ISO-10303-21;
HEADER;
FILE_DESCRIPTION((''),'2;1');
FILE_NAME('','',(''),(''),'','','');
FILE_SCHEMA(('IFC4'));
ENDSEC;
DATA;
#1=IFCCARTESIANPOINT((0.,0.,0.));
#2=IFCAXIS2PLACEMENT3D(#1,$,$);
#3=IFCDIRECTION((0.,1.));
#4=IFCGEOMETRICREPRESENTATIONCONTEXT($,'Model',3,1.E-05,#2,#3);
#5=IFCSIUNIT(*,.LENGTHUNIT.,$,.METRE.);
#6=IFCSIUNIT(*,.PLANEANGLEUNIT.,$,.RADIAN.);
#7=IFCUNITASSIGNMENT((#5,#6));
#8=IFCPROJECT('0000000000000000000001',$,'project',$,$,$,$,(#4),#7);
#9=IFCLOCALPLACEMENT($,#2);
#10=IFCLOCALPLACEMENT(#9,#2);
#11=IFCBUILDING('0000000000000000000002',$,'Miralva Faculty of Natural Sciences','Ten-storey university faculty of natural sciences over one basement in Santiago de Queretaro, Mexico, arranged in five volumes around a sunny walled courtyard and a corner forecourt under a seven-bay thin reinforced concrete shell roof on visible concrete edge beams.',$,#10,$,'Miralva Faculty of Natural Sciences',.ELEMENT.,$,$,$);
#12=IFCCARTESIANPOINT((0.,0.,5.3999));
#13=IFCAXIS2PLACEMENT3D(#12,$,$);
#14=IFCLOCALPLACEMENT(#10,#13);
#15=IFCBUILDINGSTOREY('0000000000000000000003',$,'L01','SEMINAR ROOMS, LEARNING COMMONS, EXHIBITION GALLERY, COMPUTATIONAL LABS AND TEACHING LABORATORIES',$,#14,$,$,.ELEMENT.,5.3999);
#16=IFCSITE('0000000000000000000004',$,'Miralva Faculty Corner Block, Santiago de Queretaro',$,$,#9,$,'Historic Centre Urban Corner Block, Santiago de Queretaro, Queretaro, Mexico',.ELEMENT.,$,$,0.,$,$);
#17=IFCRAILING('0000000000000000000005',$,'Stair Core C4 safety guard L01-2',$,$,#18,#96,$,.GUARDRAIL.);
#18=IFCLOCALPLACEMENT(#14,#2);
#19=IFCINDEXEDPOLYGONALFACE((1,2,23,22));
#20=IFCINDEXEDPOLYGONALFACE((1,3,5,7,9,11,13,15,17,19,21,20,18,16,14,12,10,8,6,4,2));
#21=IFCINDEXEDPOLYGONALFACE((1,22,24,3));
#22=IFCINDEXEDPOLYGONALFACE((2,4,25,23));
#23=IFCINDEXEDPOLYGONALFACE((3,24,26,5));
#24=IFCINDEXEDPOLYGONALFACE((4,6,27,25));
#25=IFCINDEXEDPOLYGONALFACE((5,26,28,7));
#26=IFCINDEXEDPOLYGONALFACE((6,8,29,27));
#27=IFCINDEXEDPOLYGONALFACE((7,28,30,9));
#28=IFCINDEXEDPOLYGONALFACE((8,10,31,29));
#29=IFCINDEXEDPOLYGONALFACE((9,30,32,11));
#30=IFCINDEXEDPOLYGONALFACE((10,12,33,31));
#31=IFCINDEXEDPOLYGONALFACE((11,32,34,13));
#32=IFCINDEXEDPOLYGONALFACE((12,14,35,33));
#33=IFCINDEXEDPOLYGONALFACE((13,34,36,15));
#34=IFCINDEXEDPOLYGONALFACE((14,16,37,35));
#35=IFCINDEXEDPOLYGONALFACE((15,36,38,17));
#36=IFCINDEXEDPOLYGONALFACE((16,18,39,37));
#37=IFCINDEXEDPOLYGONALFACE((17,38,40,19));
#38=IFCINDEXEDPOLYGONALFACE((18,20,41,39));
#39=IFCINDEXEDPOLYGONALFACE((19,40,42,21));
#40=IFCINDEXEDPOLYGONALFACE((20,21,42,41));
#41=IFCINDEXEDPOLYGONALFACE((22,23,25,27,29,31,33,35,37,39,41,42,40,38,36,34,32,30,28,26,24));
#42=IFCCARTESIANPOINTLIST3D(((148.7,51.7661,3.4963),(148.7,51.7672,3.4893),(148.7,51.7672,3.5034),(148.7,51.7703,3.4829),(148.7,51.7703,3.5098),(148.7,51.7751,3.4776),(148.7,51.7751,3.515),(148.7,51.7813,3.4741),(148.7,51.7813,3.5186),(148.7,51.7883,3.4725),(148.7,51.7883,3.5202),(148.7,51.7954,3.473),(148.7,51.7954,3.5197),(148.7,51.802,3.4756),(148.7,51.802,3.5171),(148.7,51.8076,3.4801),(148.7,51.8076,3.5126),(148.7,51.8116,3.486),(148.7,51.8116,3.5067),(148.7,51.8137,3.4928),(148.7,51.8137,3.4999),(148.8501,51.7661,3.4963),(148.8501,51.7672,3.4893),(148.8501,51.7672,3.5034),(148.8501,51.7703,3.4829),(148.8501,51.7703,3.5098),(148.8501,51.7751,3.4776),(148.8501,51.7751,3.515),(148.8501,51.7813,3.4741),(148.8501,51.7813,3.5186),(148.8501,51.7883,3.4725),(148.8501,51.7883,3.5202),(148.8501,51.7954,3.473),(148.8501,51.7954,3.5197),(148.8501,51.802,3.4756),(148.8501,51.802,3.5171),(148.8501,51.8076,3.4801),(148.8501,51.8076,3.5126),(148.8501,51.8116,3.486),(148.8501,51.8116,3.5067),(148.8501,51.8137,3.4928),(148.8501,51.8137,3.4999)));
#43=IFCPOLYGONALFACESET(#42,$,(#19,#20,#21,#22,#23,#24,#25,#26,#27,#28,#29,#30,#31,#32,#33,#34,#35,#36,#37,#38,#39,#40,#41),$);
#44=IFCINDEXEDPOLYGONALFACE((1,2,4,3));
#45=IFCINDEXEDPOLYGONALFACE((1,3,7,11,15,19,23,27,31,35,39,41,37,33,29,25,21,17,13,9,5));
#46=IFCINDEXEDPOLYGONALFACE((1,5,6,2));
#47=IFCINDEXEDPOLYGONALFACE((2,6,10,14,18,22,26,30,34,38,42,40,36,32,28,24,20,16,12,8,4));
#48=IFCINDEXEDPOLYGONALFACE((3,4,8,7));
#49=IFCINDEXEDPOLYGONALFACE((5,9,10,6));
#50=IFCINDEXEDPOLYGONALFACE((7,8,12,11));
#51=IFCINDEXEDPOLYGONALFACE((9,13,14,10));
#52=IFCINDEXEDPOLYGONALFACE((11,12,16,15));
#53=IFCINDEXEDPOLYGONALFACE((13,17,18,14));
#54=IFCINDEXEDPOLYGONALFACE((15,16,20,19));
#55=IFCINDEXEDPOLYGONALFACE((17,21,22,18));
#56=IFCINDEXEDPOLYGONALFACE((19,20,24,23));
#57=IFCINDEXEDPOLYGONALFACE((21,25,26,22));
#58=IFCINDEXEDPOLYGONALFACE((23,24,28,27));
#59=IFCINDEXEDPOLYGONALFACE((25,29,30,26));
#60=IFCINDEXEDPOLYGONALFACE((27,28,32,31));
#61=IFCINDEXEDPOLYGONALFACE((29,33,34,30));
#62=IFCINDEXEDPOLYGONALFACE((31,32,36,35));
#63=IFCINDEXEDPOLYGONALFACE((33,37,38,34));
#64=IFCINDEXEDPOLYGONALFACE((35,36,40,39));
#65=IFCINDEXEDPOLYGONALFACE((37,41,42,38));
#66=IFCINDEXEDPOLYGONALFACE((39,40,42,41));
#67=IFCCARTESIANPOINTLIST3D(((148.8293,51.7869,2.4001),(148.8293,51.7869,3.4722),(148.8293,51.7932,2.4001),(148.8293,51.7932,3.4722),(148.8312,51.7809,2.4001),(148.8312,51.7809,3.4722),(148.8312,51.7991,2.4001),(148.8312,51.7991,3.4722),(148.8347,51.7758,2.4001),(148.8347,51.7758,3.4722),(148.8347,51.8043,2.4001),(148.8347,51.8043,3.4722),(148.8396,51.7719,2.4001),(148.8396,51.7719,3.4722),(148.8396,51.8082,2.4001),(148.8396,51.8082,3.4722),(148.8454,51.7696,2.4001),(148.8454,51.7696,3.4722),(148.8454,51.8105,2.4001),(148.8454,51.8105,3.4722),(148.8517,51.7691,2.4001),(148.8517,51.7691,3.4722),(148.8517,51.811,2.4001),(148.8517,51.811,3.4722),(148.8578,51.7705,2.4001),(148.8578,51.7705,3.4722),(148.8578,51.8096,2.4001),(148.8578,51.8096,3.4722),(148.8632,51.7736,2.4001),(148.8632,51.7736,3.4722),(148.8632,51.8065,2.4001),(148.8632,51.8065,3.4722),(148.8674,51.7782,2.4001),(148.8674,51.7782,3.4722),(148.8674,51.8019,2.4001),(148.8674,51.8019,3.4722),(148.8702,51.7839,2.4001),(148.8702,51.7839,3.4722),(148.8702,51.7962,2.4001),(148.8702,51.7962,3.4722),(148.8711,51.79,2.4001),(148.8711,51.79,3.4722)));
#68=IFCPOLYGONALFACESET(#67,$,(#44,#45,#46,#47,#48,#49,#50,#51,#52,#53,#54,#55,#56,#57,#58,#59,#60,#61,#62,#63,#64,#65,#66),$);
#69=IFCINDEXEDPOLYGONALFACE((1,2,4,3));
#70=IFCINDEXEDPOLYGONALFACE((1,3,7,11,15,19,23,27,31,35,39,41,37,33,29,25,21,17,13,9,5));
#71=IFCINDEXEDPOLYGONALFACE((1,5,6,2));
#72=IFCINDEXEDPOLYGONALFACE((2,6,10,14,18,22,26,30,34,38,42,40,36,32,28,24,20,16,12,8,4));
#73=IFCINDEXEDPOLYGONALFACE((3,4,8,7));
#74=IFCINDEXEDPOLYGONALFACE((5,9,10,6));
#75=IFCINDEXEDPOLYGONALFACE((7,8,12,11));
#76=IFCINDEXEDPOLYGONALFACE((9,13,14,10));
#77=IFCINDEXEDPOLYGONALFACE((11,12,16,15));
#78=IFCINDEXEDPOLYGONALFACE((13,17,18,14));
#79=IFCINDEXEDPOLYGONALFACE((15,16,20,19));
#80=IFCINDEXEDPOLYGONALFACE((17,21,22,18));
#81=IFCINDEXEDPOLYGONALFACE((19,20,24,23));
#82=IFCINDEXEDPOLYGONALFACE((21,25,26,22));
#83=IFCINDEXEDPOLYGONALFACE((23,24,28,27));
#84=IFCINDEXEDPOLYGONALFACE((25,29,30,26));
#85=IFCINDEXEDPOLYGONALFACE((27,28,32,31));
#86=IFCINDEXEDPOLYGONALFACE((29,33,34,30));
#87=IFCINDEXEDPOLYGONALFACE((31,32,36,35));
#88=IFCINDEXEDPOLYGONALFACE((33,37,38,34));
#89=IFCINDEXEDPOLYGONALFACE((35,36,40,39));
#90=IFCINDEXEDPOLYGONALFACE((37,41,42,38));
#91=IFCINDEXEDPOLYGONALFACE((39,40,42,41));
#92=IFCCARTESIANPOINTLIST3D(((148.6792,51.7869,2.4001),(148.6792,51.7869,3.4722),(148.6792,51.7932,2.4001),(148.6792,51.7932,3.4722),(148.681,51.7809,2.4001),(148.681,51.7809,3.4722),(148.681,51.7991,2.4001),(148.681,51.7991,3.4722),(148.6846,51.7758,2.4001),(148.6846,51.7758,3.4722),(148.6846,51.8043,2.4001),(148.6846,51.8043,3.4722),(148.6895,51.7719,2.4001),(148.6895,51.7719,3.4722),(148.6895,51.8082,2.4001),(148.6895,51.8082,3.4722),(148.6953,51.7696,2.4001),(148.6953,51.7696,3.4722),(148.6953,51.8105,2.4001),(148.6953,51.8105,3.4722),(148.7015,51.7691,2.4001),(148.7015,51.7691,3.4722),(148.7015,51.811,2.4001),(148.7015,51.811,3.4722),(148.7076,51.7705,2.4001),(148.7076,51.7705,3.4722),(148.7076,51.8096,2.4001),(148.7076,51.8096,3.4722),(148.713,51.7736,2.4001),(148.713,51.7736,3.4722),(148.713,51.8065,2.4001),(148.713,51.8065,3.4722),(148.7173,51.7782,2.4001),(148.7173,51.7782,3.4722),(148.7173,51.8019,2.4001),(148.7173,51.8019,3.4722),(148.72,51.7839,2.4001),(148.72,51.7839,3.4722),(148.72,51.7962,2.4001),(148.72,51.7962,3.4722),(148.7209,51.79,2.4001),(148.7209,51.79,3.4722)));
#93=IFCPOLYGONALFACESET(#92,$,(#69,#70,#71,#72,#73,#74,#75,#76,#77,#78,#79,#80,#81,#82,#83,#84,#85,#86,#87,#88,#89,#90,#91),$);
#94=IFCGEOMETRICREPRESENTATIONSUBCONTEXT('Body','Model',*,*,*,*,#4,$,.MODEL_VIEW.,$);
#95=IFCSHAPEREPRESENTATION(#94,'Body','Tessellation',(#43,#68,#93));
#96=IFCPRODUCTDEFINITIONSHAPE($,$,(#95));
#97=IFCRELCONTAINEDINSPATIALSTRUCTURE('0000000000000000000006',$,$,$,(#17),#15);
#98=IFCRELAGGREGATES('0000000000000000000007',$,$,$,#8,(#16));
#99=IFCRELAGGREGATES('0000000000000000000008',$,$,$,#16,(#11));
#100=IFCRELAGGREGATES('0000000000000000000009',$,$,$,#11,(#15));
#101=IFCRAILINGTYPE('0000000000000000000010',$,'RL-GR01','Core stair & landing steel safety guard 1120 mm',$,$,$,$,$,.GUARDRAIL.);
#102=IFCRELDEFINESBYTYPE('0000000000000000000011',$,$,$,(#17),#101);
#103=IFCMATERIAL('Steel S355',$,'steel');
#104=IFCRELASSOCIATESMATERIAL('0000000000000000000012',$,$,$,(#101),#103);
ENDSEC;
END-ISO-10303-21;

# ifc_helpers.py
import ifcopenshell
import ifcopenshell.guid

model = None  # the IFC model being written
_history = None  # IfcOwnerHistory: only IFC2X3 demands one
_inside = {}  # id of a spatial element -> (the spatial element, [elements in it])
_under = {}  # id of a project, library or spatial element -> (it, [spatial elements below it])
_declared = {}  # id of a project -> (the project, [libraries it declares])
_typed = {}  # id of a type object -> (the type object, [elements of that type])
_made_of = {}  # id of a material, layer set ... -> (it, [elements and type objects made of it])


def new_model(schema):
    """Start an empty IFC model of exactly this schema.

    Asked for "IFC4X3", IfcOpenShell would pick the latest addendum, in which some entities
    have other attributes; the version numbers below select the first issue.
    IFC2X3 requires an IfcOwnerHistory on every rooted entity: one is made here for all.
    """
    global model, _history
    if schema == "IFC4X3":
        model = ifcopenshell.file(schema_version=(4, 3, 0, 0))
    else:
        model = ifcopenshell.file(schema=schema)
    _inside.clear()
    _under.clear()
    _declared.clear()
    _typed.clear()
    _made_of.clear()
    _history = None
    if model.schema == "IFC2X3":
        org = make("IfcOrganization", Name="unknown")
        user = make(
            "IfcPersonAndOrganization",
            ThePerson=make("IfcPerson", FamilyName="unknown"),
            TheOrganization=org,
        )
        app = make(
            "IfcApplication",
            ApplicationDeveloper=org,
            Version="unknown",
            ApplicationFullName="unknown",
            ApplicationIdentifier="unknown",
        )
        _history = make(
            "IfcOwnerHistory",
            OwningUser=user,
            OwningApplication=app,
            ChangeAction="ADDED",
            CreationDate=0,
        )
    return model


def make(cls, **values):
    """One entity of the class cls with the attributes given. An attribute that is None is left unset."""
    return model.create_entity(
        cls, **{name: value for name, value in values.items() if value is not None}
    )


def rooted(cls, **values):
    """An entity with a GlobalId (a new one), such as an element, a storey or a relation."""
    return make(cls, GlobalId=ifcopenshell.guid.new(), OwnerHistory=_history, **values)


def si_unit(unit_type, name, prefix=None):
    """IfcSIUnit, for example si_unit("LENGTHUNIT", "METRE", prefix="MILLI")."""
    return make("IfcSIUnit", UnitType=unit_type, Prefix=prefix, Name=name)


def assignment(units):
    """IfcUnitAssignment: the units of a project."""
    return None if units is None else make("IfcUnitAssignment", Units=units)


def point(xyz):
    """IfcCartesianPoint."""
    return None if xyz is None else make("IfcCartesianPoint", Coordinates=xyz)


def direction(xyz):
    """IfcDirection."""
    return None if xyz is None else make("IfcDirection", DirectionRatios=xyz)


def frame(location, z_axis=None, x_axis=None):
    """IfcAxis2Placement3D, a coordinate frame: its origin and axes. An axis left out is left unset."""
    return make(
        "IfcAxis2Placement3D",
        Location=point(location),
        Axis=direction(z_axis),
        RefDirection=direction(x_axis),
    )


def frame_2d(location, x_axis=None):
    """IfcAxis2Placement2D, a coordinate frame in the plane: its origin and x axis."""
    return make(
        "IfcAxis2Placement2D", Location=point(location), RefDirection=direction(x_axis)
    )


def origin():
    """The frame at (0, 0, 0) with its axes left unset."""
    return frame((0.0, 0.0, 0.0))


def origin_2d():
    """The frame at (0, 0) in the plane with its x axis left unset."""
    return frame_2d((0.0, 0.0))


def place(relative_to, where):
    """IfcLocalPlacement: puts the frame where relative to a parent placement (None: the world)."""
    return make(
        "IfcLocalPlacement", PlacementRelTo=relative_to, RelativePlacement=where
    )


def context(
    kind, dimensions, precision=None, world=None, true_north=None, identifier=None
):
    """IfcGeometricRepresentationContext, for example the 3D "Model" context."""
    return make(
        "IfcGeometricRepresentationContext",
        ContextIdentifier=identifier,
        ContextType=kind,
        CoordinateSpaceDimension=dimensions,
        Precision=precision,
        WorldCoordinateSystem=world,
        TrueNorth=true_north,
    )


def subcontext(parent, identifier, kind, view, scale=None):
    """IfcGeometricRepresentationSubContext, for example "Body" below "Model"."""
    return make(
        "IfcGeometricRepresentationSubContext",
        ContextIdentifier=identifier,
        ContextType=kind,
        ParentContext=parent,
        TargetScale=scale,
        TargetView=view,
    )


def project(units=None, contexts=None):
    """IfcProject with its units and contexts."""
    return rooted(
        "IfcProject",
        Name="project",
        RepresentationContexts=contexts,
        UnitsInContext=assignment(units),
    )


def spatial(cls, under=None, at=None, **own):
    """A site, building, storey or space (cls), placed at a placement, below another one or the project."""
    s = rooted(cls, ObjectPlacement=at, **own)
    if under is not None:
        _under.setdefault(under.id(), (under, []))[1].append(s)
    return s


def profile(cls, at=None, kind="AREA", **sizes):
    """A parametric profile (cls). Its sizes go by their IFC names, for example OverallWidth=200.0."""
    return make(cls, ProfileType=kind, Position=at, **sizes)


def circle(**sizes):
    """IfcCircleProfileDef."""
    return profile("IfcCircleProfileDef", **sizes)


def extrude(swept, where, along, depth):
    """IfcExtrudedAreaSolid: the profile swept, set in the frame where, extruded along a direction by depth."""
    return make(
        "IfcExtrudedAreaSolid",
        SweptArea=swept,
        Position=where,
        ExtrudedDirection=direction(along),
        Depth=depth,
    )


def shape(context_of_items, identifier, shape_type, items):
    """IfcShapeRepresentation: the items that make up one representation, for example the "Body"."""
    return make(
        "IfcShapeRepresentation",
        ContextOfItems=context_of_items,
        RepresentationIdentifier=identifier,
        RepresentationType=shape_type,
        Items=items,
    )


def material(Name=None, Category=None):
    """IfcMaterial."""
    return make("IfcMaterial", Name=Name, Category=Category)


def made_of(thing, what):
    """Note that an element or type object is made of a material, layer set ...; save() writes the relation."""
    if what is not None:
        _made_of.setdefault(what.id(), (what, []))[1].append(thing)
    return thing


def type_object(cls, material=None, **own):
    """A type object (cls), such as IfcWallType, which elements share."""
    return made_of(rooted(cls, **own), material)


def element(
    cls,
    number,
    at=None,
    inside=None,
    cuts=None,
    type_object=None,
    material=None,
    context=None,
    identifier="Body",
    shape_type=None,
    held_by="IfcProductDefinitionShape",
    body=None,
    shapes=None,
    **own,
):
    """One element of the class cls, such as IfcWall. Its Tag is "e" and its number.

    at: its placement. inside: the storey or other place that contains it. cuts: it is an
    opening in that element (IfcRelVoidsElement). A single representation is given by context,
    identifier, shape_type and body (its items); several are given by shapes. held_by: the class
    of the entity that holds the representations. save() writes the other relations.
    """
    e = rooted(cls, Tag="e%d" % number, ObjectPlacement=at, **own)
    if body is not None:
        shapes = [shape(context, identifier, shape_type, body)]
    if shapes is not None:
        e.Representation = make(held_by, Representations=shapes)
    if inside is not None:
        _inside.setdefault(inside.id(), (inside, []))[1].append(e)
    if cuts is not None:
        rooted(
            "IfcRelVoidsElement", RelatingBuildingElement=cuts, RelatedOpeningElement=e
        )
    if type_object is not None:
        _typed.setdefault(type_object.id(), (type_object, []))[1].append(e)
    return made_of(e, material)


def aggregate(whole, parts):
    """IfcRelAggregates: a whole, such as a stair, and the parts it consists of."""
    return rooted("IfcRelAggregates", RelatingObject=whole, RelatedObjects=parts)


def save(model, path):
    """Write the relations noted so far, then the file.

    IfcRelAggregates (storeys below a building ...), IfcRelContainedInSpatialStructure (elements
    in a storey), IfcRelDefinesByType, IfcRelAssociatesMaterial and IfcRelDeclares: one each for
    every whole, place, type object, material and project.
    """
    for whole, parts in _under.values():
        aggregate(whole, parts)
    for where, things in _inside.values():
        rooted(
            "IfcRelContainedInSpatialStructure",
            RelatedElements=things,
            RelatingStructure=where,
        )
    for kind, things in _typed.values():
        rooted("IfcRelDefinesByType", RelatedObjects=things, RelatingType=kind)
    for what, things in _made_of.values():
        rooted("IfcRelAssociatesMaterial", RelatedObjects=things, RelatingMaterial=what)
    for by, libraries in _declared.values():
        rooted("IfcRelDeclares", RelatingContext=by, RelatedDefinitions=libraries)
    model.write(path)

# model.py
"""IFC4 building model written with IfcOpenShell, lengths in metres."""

from ifc_helpers import new_model, si_unit, direction, frame, origin, origin_2d, place, context, subcontext, project, spatial, circle, extrude, material, type_object, element, save


model = new_model("IFC4")

# Units and contexts
model_context = context("Model", 3, precision=1e-05, world=origin(), true_north=direction((0.0, 1.0)))
body_context = subcontext(model_context, "Body", "Model", "MODEL_VIEW")
ifc_project = project(units=[si_unit("LENGTHUNIT", "METRE"), si_unit("PLANEANGLEUNIT", "RADIAN")], contexts=[model_context])

# Site, building, storey
site_placement = place(None, origin())
site = spatial("IfcSite", under=ifc_project, at=site_placement, Name="Miralva Faculty Corner Block, Santiago de Queretaro", LongName="Historic Centre Urban Corner Block, Santiago de Queretaro, Queretaro, Mexico", CompositionType="ELEMENT", RefElevation=0.0)
building_placement = place(site_placement, origin())
building = spatial("IfcBuilding", under=site, at=building_placement, Name="Miralva Faculty of Natural Sciences", Description="Ten-storey university faculty of natural sciences over one basement in Santiago de Queretaro, Mexico, arranged in five volumes around a sunny walled courtyard and a corner forecourt under a seven-bay thin reinforced concrete shell roof on visible concrete edge beams.", LongName="Miralva Faculty of Natural Sciences", CompositionType="ELEMENT")
storey_placement = place(building_placement, frame((0.0, 0.0, 5.3999)))
storey = spatial("IfcBuildingStorey", under=building, at=storey_placement, Name="L01", Description="SEMINAR ROOMS, LEARNING COMMONS, EXHIBITION GALLERY, COMPUTATIONAL LABS AND TEACHING LABORATORIES", CompositionType="ELEMENT", Elevation=5.3999)

# Railing
ifc_material_1 = material(Name="Steel S355", Category="steel")
railing_type_1 = type_object("IfcRailingType", Name="RL-GR01", Description="Core stair & landing steel safety guard 1120 mm", PredefinedType="GUARDRAIL", material=ifc_material_1)
railing_1_placement = place(storey_placement, frame((148.8501, 51.79, 2.4001)))
element("IfcRailing", 1, at=railing_1_placement, inside=storey, type_object=railing_type_1, Name="Stair Core C4 safety guard L01-2", PredefinedType="GUARDRAIL", context=body_context, shape_type="SweptSolid", body=[
    extrude(circle(Radius=0.0239, at=origin_2d()), frame((0.0, 0.0, 1.0962), z_axis=(-1.0, 0.0, 0.0), x_axis=(0.0, -1.0, 0.0)), (0.0, 0.0, 1.0), 0.1501),
    extrude(circle(Radius=0.021, at=origin_2d()), origin(), (0.0, 0.0, 1.0), 1.072),
    extrude(circle(Radius=0.021, at=origin_2d()), frame((-0.1501, 0.0, 0.0)), (0.0, 0.0, 1.0), 1.072),
])

save(model, "model.ifc")
